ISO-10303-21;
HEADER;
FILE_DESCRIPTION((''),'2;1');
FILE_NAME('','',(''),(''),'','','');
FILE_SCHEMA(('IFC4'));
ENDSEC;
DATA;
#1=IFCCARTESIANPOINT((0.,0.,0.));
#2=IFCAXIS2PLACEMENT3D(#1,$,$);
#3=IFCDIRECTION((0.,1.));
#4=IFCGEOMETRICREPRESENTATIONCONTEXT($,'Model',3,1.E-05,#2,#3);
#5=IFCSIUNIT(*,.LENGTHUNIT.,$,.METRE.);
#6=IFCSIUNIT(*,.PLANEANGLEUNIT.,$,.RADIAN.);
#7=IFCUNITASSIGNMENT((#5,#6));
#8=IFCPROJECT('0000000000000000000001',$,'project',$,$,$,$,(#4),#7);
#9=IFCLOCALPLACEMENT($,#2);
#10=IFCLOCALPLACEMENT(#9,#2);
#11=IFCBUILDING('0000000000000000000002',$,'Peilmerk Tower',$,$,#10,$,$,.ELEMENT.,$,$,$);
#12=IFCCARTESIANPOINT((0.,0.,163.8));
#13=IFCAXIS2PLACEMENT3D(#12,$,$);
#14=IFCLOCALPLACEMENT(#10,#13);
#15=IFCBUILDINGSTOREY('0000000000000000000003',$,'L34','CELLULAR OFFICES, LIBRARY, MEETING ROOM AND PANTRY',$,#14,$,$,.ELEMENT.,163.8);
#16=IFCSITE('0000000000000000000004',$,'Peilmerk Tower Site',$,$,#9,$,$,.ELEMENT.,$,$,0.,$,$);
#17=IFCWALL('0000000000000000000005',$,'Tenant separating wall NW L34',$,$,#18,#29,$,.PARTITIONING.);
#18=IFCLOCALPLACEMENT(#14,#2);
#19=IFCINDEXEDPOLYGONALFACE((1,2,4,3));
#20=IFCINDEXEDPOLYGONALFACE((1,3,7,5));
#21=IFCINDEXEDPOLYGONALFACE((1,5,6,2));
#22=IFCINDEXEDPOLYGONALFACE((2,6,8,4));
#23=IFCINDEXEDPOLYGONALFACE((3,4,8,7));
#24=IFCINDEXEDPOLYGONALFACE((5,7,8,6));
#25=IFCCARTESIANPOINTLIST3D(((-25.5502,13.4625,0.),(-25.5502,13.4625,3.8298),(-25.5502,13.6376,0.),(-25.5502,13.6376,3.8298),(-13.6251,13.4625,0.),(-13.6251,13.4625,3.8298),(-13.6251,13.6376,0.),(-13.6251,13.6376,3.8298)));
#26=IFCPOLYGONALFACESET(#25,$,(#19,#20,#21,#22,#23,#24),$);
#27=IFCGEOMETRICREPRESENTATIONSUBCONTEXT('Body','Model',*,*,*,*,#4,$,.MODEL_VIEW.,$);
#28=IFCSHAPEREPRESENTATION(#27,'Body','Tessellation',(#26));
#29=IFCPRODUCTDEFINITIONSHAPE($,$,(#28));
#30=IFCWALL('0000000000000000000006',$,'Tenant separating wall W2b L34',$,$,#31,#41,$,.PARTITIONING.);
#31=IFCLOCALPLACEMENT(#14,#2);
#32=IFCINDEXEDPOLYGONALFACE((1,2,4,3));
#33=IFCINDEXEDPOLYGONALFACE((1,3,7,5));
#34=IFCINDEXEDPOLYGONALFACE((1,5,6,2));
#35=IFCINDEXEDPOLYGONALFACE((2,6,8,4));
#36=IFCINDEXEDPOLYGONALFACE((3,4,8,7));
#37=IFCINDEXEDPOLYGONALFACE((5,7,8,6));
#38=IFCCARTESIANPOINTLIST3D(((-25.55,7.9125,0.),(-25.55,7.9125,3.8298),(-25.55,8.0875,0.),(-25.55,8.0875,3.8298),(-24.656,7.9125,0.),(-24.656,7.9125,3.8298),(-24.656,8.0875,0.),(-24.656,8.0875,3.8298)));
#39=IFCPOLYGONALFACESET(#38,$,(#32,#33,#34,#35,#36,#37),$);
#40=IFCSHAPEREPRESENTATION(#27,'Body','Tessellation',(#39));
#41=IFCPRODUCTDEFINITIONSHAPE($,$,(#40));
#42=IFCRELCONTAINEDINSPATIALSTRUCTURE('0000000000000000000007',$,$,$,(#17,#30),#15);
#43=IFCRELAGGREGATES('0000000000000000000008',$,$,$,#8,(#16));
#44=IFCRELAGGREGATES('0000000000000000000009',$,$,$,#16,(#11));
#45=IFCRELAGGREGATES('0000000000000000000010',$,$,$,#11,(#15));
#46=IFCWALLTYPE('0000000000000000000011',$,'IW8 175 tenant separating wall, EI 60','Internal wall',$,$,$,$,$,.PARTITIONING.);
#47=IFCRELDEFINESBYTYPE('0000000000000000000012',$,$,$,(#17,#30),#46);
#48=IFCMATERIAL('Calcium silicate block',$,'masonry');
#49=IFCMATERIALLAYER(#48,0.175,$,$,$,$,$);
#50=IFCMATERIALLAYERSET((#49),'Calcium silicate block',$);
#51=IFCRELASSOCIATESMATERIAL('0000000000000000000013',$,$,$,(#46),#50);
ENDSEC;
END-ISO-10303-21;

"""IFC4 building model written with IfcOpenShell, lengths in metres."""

from ifc_helpers import new_model, si_unit, direction, frame, frame_2d, origin, place, context, subcontext, project, spatial, rectangle, extrude, material, layer, layer_set, type_object, element, save


model = new_model("IFC4")

# Units and contexts
model_context = context("Model", 3, precision=1e-05, world=origin(), true_north=direction((0.0, 1.0)))
body_context = subcontext(model_context, "Body", "Model", "MODEL_VIEW")
ifc_project = project(units=[si_unit("LENGTHUNIT", "METRE"), si_unit("PLANEANGLEUNIT", "RADIAN")], contexts=[model_context])

# Site, building, storey
site_placement = place(None, origin())
site = spatial("IfcSite", under=ifc_project, at=site_placement, Name="Peilmerk Tower Site", CompositionType="ELEMENT", RefElevation=0.0)
building_placement = place(site_placement, origin())
building = spatial("IfcBuilding", under=site, at=building_placement, Name="Peilmerk Tower", CompositionType="ELEMENT")
storey_placement = place(building_placement, frame((0.0, 0.0, 163.8)))
storey = spatial("IfcBuildingStorey", under=building, at=storey_placement, Name="L34", Description="CELLULAR OFFICES, LIBRARY, MEETING ROOM AND PANTRY", CompositionType="ELEMENT", Elevation=163.8)

# Walls
ifc_material_1 = material(Name="Calcium silicate block", Category="masonry")
ifc_layer_1 = layer(ifc_material_1, 0.175)
ifc_layer_set_1 = layer_set([ifc_layer_1], Name="Calcium silicate block")
wall_type_1 = type_object("IfcWallType", Name="IW8 175 tenant separating wall, EI 60", Description="Internal wall", PredefinedType="PARTITIONING", material=ifc_layer_set_1)
wall_1_placement = place(storey_placement, frame((-25.55, 13.55, 0.0), z_axis=(0.0, 0.0, 1.0), x_axis=(1.0, 0.0, 0.0)))
element("IfcWall", 1, at=wall_1_placement, inside=storey, type_object=wall_type_1, Name="Tenant separating wall NW L34", PredefinedType="PARTITIONING", context=body_context, shape_type="SweptSolid", body=[
    extrude(rectangle(XDim=11.925, YDim=0.175, at=frame_2d((5.9624, 0.0))), origin(), (0.0, 0.0, 1.0), 3.8298),
])
wall_2_placement = place(storey_placement, frame((-24.656, 8.0, 0.0), z_axis=(0.0, 0.0, 1.0), x_axis=(-1.0, 0.0, 0.0)))
element("IfcWall", 2, at=wall_2_placement, inside=storey, type_object=wall_type_1, Name="Tenant separating wall W2b L34", PredefinedType="PARTITIONING", context=body_context, shape_type="SweptSolid", body=[
    extrude(rectangle(XDim=0.894, YDim=0.175, at=frame_2d((0.447, 0.0))), origin(), (0.0, 0.0, 1.0), 3.8298),
])

save(model, "model.ifc")
